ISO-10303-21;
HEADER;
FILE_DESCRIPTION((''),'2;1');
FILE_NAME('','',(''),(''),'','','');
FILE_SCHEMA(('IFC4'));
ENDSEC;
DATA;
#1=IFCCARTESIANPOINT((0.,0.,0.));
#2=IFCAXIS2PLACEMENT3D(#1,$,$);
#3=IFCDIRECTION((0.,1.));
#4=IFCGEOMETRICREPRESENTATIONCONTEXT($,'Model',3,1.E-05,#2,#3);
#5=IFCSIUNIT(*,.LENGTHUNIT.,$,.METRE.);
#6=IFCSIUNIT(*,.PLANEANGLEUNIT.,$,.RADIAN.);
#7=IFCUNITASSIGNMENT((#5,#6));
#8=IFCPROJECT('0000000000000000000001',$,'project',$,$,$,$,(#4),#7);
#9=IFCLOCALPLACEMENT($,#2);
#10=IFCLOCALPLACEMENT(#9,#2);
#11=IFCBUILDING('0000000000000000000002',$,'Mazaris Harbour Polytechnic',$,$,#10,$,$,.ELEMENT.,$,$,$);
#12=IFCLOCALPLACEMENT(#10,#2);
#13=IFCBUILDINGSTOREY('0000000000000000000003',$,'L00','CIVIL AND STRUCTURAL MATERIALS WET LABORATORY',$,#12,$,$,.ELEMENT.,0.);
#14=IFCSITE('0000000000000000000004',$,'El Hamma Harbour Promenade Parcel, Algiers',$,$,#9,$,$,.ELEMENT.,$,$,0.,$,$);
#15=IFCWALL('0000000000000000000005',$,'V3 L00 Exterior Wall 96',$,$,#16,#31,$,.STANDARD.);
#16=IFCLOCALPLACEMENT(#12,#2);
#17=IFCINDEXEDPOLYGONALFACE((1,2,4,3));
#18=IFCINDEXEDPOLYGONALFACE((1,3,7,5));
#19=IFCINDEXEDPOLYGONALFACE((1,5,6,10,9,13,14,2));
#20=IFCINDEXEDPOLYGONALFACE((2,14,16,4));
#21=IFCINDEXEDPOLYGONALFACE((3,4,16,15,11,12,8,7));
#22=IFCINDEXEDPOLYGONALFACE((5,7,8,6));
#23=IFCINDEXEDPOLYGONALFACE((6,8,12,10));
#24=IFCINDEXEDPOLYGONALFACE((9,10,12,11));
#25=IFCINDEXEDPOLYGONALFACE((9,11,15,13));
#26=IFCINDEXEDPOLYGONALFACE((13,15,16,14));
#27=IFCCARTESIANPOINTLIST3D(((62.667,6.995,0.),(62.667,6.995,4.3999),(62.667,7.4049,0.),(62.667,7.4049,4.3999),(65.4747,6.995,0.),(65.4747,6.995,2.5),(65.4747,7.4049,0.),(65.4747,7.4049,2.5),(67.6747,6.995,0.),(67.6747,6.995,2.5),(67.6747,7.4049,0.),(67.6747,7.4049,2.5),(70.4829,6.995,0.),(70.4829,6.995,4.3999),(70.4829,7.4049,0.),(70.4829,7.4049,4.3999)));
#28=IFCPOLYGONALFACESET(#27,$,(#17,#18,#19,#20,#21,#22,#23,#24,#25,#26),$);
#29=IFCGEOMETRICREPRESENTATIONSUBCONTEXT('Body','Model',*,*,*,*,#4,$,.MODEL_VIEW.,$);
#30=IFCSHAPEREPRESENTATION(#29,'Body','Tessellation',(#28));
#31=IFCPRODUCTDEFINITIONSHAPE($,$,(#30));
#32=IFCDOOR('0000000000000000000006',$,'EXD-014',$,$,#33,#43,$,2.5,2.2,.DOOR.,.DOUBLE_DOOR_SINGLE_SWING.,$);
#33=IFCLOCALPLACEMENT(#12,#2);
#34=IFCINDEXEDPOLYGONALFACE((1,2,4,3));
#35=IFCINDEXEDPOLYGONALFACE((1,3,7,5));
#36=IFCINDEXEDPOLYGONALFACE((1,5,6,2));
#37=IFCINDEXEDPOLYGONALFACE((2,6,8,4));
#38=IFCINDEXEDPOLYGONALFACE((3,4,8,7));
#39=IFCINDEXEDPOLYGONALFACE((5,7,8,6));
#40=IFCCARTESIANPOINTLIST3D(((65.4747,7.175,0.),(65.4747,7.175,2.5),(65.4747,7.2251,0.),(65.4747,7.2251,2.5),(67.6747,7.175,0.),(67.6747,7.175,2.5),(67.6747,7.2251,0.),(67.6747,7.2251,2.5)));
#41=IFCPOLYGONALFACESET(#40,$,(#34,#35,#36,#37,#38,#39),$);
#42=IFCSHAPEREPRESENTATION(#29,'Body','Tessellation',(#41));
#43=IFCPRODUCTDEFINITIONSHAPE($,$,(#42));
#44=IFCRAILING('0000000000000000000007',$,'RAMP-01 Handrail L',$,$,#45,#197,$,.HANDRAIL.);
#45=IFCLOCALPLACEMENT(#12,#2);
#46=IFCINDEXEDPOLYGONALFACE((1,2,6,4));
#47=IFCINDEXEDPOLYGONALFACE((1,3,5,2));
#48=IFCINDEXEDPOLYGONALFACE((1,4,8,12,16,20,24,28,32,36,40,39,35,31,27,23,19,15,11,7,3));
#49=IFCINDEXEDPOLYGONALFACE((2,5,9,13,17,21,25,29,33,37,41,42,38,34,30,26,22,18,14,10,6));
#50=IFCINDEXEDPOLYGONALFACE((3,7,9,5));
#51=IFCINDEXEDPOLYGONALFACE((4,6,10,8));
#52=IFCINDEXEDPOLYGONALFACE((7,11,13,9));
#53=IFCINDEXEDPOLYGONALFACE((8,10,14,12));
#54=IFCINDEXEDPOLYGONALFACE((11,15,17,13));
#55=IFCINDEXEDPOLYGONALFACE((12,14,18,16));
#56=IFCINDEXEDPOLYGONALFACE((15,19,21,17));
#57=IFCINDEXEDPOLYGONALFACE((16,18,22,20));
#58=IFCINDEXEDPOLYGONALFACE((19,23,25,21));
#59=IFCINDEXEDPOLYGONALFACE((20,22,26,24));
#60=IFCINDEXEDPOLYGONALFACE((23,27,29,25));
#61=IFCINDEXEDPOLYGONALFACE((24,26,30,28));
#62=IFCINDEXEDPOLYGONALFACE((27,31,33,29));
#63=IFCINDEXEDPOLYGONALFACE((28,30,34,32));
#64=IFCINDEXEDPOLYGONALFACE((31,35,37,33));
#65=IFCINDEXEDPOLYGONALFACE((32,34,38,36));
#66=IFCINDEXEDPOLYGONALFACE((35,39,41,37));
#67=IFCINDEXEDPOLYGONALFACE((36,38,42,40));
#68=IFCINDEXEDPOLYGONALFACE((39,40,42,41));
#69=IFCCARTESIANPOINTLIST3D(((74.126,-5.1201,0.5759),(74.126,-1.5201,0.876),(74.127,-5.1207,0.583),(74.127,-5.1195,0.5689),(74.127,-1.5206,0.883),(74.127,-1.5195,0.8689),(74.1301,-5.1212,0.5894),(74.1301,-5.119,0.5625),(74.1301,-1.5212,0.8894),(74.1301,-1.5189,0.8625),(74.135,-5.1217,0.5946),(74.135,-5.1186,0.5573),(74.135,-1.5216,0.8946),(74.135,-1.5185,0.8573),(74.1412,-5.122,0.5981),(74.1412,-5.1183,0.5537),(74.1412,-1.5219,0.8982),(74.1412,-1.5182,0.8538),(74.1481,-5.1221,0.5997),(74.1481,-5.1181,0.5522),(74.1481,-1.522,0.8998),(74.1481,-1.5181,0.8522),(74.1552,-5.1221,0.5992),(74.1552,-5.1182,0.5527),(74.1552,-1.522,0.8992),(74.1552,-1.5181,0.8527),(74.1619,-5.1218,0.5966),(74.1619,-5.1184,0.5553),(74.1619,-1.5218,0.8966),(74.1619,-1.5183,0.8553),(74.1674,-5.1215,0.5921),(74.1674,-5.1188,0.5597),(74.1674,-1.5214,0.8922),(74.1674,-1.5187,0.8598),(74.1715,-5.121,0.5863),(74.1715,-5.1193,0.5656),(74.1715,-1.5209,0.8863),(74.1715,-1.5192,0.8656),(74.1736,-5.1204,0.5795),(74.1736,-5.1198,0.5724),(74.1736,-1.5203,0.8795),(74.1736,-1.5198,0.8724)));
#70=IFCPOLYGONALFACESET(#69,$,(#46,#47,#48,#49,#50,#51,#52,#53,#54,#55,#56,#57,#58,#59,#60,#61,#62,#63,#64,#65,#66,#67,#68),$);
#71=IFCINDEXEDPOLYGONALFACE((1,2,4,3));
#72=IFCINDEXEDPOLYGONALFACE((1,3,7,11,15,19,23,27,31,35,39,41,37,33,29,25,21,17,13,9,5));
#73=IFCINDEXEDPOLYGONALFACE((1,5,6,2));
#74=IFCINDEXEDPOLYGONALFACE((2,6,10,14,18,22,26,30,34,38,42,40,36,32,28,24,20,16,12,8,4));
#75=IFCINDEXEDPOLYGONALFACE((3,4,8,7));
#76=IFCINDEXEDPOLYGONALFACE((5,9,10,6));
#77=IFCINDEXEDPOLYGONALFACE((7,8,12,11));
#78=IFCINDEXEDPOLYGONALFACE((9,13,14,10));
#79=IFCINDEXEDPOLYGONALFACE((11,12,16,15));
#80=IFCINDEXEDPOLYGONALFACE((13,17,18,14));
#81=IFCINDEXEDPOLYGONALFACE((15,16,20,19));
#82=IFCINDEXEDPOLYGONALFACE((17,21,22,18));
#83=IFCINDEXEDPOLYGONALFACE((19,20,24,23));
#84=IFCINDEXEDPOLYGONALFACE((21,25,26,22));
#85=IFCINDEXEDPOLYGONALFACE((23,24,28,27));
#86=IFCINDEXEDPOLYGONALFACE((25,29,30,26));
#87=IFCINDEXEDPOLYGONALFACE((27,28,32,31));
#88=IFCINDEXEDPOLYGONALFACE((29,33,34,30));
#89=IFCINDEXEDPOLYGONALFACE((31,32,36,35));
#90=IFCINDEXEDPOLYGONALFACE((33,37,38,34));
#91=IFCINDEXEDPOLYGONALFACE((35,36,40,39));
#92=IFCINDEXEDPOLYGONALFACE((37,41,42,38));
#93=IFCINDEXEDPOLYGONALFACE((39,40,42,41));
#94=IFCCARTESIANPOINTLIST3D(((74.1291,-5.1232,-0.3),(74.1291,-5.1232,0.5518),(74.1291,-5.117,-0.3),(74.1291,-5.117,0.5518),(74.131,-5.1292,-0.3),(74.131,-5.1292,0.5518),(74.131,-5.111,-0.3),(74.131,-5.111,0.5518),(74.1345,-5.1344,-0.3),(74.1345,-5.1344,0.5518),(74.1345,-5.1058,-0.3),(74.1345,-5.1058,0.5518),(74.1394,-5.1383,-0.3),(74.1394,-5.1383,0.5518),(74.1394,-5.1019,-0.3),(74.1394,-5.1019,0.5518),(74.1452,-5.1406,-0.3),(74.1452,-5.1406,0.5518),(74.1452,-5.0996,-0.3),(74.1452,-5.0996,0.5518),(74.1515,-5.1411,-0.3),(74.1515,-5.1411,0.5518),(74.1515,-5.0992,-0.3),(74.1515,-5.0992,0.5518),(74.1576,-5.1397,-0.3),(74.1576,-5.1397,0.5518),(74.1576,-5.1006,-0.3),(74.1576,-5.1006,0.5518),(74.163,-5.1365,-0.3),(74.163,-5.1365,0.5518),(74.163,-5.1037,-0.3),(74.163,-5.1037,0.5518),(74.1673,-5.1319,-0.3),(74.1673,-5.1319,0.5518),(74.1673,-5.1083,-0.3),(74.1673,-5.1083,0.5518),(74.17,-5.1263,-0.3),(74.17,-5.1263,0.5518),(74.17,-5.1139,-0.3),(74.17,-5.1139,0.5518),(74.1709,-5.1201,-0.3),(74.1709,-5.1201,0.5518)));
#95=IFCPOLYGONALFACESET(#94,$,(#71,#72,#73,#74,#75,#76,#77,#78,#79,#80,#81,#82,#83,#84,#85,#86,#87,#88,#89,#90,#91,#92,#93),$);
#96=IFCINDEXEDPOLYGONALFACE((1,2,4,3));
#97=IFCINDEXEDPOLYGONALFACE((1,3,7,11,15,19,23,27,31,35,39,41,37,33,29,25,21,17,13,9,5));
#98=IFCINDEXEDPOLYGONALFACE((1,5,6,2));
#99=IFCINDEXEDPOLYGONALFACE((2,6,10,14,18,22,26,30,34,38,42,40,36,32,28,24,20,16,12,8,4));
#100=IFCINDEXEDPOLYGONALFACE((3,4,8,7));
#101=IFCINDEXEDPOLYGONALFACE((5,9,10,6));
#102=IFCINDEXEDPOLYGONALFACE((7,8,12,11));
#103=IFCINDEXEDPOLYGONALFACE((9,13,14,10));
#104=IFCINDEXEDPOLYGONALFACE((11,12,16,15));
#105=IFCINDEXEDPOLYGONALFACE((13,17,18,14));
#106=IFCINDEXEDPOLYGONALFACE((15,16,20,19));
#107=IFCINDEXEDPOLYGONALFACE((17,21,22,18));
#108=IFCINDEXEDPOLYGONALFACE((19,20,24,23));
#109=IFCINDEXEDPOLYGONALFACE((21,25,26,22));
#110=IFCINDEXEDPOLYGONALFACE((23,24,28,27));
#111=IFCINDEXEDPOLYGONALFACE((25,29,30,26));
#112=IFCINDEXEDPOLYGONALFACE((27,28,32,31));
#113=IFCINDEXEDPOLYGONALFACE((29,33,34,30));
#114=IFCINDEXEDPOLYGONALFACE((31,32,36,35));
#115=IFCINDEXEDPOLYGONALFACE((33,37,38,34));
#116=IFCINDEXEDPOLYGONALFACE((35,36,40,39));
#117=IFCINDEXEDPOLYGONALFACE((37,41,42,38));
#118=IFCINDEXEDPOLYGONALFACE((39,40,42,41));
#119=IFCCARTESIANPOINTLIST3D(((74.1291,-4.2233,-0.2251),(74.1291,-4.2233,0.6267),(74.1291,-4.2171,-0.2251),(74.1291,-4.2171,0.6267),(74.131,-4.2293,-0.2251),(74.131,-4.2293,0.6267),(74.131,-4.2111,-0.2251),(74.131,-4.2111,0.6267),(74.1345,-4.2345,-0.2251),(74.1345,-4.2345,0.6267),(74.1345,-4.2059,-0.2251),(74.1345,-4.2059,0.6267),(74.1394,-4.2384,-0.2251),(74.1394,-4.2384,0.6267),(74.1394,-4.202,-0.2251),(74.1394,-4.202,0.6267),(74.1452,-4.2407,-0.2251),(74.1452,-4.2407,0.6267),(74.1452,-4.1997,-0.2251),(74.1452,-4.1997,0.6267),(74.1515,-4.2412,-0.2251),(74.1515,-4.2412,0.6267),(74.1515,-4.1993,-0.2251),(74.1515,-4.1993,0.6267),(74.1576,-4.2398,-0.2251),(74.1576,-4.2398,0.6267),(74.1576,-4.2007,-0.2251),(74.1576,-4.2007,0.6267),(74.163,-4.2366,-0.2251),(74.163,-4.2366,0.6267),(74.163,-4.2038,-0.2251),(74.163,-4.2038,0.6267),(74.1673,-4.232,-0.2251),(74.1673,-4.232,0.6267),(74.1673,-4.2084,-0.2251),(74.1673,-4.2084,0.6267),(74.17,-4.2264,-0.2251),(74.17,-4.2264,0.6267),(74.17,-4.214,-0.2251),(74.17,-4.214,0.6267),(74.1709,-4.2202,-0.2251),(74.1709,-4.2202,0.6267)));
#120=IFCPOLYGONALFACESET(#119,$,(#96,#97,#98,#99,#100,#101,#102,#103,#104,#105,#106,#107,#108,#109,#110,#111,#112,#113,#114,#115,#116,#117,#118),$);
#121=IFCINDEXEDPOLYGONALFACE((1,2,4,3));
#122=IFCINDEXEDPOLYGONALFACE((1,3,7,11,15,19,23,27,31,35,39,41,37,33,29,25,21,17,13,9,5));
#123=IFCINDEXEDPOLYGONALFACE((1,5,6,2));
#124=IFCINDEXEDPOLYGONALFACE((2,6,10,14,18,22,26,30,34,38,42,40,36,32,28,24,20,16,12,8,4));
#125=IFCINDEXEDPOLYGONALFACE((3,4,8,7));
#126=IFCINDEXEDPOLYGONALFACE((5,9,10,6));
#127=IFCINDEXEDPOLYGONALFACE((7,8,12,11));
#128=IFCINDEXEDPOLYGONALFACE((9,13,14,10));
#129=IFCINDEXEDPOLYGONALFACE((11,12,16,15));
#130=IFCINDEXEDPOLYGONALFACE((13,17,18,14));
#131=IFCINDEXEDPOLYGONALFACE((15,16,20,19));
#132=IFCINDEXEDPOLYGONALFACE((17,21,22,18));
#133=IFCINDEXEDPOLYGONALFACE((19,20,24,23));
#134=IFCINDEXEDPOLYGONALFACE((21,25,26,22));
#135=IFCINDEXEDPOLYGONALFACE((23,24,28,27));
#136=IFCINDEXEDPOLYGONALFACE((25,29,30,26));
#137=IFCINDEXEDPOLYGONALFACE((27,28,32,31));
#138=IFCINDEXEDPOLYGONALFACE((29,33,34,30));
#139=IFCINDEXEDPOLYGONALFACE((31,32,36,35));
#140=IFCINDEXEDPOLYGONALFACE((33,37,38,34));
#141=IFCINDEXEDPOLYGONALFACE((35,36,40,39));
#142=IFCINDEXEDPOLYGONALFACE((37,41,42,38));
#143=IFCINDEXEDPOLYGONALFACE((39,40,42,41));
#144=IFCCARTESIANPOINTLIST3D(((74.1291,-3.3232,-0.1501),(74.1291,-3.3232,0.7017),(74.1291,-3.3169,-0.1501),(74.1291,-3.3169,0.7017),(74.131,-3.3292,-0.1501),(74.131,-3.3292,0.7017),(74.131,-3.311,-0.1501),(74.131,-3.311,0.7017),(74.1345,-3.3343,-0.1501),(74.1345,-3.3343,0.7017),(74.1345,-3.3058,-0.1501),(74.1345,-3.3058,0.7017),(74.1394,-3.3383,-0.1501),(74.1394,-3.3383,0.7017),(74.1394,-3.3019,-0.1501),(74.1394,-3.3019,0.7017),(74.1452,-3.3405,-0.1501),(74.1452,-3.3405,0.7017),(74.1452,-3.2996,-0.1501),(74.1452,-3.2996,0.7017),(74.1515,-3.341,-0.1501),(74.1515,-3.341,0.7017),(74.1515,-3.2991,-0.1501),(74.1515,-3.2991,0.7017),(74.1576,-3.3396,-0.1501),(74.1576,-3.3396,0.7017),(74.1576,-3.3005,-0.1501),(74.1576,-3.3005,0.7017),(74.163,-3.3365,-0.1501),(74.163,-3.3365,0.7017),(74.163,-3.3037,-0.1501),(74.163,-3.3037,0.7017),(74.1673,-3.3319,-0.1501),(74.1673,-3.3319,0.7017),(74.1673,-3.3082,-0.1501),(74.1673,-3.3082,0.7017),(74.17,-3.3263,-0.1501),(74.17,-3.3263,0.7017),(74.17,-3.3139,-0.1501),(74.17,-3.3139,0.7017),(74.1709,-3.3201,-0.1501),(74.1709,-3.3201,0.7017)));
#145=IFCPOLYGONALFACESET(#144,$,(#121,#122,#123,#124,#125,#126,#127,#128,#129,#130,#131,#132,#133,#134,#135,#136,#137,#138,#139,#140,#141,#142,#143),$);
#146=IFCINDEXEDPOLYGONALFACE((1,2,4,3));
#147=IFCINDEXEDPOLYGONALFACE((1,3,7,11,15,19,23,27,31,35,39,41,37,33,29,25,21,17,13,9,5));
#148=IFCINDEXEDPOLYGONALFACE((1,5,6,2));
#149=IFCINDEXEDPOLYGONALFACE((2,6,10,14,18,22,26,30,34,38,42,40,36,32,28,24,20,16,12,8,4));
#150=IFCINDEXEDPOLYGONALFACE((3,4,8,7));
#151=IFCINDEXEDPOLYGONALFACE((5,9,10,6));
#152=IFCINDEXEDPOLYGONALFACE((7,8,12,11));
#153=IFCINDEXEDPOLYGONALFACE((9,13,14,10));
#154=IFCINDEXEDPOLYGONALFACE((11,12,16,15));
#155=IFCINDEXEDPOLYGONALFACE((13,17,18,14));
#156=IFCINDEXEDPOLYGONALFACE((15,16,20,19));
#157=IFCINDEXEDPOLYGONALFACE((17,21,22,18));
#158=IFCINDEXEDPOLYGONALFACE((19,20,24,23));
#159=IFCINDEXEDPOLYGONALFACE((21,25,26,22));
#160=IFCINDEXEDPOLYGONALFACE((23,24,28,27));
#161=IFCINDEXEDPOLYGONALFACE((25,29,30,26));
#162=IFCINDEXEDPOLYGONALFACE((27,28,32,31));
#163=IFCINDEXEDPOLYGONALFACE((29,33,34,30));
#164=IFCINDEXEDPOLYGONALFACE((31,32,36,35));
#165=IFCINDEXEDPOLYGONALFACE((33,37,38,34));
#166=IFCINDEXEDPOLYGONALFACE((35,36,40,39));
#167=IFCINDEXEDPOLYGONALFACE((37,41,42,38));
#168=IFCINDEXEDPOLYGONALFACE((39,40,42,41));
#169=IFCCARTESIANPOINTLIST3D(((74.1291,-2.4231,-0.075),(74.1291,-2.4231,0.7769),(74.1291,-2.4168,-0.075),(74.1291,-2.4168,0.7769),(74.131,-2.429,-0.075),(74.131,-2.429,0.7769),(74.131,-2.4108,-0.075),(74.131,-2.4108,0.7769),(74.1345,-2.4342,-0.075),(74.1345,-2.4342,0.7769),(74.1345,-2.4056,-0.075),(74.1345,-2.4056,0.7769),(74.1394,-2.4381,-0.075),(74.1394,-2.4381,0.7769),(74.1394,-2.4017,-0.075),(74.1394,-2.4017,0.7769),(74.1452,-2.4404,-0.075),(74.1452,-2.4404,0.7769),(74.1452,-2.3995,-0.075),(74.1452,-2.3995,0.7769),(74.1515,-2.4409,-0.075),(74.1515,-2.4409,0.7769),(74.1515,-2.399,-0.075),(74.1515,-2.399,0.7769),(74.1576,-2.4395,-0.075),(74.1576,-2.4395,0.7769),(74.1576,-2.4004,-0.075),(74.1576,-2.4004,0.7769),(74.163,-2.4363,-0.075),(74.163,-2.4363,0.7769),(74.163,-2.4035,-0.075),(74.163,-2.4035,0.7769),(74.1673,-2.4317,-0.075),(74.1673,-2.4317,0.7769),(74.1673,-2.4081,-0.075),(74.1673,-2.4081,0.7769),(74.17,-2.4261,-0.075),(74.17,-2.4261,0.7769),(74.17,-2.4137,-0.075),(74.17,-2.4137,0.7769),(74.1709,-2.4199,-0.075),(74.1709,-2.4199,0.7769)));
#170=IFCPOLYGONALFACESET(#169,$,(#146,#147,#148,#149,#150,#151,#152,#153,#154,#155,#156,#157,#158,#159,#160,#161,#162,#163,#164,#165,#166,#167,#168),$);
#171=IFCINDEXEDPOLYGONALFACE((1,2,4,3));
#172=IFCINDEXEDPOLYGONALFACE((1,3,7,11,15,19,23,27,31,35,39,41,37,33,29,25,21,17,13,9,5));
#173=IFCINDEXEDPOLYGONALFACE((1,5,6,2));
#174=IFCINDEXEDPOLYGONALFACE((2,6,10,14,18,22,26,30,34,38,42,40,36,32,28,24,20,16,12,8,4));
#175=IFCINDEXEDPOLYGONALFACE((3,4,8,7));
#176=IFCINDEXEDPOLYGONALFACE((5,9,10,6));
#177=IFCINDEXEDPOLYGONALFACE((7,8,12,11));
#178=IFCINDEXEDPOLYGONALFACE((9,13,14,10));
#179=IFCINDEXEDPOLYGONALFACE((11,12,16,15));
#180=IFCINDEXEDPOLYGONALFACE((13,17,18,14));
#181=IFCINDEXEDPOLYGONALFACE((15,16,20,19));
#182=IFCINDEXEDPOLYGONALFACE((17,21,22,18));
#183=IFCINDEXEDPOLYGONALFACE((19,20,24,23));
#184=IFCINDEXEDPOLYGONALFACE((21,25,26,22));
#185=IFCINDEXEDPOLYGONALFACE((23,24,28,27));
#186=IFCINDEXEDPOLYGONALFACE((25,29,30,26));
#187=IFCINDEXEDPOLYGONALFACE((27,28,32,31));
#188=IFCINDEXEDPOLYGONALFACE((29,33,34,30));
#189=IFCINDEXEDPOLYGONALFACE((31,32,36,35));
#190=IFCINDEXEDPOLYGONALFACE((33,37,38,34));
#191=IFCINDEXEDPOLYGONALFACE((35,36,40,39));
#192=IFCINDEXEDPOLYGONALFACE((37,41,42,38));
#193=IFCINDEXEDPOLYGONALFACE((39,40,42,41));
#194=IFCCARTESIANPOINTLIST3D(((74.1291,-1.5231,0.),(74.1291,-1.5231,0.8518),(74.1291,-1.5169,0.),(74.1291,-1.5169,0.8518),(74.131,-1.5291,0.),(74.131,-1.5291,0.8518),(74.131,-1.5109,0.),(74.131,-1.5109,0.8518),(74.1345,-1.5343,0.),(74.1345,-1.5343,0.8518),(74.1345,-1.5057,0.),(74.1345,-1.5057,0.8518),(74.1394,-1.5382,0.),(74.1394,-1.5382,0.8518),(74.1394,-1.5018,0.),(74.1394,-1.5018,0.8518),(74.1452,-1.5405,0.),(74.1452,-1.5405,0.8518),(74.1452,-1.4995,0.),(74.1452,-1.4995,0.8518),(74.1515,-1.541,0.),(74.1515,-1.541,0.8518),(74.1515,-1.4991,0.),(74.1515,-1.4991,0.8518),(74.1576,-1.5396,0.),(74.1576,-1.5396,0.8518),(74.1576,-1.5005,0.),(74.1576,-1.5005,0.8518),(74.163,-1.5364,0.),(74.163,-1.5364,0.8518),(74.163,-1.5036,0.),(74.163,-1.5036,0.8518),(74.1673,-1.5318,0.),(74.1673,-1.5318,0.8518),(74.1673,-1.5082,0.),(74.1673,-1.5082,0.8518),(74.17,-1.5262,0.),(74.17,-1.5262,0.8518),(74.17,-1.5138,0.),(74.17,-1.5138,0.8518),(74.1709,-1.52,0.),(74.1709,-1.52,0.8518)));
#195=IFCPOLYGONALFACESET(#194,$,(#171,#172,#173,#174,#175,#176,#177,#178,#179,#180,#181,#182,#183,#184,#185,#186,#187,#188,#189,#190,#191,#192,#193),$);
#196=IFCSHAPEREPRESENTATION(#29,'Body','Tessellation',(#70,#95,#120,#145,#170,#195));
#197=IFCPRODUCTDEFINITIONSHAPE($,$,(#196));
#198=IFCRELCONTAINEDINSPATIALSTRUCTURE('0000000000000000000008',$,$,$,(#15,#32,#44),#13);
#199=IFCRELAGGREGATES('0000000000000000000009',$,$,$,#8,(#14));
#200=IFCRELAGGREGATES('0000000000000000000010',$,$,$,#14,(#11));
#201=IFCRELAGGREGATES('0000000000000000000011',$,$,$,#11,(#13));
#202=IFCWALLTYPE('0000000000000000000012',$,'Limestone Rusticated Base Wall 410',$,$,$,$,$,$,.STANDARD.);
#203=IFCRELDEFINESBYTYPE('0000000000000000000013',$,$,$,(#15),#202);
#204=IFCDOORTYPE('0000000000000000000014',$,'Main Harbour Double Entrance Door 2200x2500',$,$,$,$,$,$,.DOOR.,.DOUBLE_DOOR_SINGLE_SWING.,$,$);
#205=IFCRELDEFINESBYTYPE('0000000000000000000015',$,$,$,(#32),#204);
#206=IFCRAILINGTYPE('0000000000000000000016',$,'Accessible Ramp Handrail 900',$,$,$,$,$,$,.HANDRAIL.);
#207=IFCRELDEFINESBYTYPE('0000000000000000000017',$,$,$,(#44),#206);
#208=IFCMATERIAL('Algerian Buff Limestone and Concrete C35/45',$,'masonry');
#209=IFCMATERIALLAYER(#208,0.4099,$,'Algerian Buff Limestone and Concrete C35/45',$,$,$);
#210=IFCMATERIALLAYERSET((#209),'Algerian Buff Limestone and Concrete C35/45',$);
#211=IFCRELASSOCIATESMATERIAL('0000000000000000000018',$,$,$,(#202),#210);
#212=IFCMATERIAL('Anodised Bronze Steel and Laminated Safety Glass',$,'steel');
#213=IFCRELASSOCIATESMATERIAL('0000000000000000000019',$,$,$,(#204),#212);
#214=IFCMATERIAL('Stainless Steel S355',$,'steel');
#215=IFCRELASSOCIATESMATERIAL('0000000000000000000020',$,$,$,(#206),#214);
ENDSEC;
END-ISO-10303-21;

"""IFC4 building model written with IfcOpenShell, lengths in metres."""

from ifc_helpers import new_model, si_unit, direction, frame, frame_2d, origin, origin_2d, place, context, subcontext, project, spatial, rectangle, circle, extrude, material, layer, layer_set, type_object, element, fill, save


model = new_model("IFC4")

# Units and contexts
model_context = context("Model", 3, precision=1e-05, world=origin(), true_north=direction((0.0, 1.0)))
body_context = subcontext(model_context, "Body", "Model", "MODEL_VIEW")
ifc_project = project(units=[si_unit("LENGTHUNIT", "METRE"), si_unit("PLANEANGLEUNIT", "RADIAN")], contexts=[model_context])

# Site, building, storey
site_placement = place(None, origin())
site = spatial("IfcSite", under=ifc_project, at=site_placement, Name="El Hamma Harbour Promenade Parcel, Algiers", CompositionType="ELEMENT", RefElevation=0.0)
building_placement = place(site_placement, origin())
building = spatial("IfcBuilding", under=site, at=building_placement, Name="Mazaris Harbour Polytechnic", CompositionType="ELEMENT")
storey_placement = place(building_placement, origin())
storey = spatial("IfcBuildingStorey", under=building, at=storey_placement, Name="L00", Description="CIVIL AND STRUCTURAL MATERIALS WET LABORATORY", CompositionType="ELEMENT", Elevation=0.0)

# Wall, opening, door
ifc_material_1 = material(Name="Algerian Buff Limestone and Concrete C35/45", Category="masonry")
ifc_layer_1 = layer(ifc_material_1, 0.4099, Name="Algerian Buff Limestone and Concrete C35/45")
ifc_layer_set_1 = layer_set([ifc_layer_1], Name="Algerian Buff Limestone and Concrete C35/45")
wall_type = type_object("IfcWallType", Name="Limestone Rusticated Base Wall 410", PredefinedType="STANDARD", material=ifc_layer_set_1)
wall_placement = place(storey_placement, frame((70.4829, 7.2, 0.0), z_axis=(0.0, 0.0, 1.0), x_axis=(-1.0, 0.0, 0.0)))
wall = element("IfcWall", 1, at=wall_placement, inside=storey, type_object=wall_type, Name="V3 L00 Exterior Wall 96", PredefinedType="STANDARD", context=body_context, shape_type="SweptSolid", body=[
    extrude(rectangle(XDim=7.8159, YDim=0.4099, at=frame_2d((3.908, 0.0))), origin(), (0.0, 0.0, 1.0), 4.3999),
])
opening_placement = place(wall_placement, frame((2.8081, 0.0, 0.0)))
opening = element("IfcOpeningElement", 2, at=opening_placement, cuts=wall, PredefinedType="OPENING", context=body_context, shape_type="SweptSolid", body=[
    extrude(rectangle(XDim=2.2, YDim=2.5, at=frame_2d((1.1001, 1.25))), frame((0.0, 0.2148, 0.0), z_axis=(0.0, -1.0, 0.0), x_axis=(1.0, 0.0, 0.0)), (0.0, 0.0, 1.0), 0.4299),
])
ifc_material_2 = material(Name="Anodised Bronze Steel and Laminated Safety Glass", Category="steel")
door_type = type_object("IfcDoorType", Name="Main Harbour Double Entrance Door 2200x2500", OperationType="DOUBLE_DOOR_SINGLE_SWING", PredefinedType="DOOR", material=ifc_material_2)
door_placement = place(opening_placement, origin())
door = element("IfcDoor", 3, at=door_placement, inside=storey, type_object=door_type, Name="EXD-014", OperationType="DOUBLE_DOOR_SINGLE_SWING", OverallHeight=2.5, OverallWidth=2.2, PredefinedType="DOOR", context=body_context, shape_type="SweptSolid", body=[
    extrude(rectangle(XDim=2.2, YDim=2.5, at=frame_2d((1.1001, 1.25))), frame((0.0, 0.0249, 0.0), z_axis=(0.0, -1.0, 0.0), x_axis=(1.0, 0.0, 0.0)), (0.0, 0.0, 1.0), 0.05),
])
fill(opening, door)

# Railing
ifc_material_3 = material(Name="Stainless Steel S355", Category="steel")
railing_type = type_object("IfcRailingType", Name="Accessible Ramp Handrail 900", PredefinedType="HANDRAIL", material=ifc_material_3)
railing_placement = place(storey_placement, frame((74.1499, -5.1201, -0.3)))
element("IfcRailing", 4, at=railing_placement, inside=storey, type_object=railing_type, Name="RAMP-01 Handrail L", PredefinedType="HANDRAIL", context=body_context, shape_type="SweptSolid", body=[
    extrude(circle(Radius=0.0239, at=origin_2d()), frame((0.0, 0.0, 0.876), z_axis=(0.0, 0.996545, 0.083057), x_axis=(-1.0, 0.0, 0.0)), (0.0, 0.0, 1.0), 3.6125),
    extrude(circle(Radius=0.021, at=origin_2d()), origin(), (0.0, 0.0, 1.0), 0.8518),
    extrude(circle(Radius=0.021, at=origin_2d()), frame((0.0, 0.8999, 0.075)), (0.0, 0.0, 1.0), 0.8518),
    extrude(circle(Radius=0.021, at=origin_2d()), frame((0.0, 1.8, 0.1499)), (0.0, 0.0, 1.0), 0.8518),
    extrude(circle(Radius=0.021, at=origin_2d()), frame((0.0, 2.7002, 0.2251)), (0.0, 0.0, 1.0), 0.8518),
    extrude(circle(Radius=0.021, at=origin_2d()), frame((0.0, 3.6001, 0.3)), (0.0, 0.0, 1.0), 0.8518),
])

save(model, "model.ifc")
